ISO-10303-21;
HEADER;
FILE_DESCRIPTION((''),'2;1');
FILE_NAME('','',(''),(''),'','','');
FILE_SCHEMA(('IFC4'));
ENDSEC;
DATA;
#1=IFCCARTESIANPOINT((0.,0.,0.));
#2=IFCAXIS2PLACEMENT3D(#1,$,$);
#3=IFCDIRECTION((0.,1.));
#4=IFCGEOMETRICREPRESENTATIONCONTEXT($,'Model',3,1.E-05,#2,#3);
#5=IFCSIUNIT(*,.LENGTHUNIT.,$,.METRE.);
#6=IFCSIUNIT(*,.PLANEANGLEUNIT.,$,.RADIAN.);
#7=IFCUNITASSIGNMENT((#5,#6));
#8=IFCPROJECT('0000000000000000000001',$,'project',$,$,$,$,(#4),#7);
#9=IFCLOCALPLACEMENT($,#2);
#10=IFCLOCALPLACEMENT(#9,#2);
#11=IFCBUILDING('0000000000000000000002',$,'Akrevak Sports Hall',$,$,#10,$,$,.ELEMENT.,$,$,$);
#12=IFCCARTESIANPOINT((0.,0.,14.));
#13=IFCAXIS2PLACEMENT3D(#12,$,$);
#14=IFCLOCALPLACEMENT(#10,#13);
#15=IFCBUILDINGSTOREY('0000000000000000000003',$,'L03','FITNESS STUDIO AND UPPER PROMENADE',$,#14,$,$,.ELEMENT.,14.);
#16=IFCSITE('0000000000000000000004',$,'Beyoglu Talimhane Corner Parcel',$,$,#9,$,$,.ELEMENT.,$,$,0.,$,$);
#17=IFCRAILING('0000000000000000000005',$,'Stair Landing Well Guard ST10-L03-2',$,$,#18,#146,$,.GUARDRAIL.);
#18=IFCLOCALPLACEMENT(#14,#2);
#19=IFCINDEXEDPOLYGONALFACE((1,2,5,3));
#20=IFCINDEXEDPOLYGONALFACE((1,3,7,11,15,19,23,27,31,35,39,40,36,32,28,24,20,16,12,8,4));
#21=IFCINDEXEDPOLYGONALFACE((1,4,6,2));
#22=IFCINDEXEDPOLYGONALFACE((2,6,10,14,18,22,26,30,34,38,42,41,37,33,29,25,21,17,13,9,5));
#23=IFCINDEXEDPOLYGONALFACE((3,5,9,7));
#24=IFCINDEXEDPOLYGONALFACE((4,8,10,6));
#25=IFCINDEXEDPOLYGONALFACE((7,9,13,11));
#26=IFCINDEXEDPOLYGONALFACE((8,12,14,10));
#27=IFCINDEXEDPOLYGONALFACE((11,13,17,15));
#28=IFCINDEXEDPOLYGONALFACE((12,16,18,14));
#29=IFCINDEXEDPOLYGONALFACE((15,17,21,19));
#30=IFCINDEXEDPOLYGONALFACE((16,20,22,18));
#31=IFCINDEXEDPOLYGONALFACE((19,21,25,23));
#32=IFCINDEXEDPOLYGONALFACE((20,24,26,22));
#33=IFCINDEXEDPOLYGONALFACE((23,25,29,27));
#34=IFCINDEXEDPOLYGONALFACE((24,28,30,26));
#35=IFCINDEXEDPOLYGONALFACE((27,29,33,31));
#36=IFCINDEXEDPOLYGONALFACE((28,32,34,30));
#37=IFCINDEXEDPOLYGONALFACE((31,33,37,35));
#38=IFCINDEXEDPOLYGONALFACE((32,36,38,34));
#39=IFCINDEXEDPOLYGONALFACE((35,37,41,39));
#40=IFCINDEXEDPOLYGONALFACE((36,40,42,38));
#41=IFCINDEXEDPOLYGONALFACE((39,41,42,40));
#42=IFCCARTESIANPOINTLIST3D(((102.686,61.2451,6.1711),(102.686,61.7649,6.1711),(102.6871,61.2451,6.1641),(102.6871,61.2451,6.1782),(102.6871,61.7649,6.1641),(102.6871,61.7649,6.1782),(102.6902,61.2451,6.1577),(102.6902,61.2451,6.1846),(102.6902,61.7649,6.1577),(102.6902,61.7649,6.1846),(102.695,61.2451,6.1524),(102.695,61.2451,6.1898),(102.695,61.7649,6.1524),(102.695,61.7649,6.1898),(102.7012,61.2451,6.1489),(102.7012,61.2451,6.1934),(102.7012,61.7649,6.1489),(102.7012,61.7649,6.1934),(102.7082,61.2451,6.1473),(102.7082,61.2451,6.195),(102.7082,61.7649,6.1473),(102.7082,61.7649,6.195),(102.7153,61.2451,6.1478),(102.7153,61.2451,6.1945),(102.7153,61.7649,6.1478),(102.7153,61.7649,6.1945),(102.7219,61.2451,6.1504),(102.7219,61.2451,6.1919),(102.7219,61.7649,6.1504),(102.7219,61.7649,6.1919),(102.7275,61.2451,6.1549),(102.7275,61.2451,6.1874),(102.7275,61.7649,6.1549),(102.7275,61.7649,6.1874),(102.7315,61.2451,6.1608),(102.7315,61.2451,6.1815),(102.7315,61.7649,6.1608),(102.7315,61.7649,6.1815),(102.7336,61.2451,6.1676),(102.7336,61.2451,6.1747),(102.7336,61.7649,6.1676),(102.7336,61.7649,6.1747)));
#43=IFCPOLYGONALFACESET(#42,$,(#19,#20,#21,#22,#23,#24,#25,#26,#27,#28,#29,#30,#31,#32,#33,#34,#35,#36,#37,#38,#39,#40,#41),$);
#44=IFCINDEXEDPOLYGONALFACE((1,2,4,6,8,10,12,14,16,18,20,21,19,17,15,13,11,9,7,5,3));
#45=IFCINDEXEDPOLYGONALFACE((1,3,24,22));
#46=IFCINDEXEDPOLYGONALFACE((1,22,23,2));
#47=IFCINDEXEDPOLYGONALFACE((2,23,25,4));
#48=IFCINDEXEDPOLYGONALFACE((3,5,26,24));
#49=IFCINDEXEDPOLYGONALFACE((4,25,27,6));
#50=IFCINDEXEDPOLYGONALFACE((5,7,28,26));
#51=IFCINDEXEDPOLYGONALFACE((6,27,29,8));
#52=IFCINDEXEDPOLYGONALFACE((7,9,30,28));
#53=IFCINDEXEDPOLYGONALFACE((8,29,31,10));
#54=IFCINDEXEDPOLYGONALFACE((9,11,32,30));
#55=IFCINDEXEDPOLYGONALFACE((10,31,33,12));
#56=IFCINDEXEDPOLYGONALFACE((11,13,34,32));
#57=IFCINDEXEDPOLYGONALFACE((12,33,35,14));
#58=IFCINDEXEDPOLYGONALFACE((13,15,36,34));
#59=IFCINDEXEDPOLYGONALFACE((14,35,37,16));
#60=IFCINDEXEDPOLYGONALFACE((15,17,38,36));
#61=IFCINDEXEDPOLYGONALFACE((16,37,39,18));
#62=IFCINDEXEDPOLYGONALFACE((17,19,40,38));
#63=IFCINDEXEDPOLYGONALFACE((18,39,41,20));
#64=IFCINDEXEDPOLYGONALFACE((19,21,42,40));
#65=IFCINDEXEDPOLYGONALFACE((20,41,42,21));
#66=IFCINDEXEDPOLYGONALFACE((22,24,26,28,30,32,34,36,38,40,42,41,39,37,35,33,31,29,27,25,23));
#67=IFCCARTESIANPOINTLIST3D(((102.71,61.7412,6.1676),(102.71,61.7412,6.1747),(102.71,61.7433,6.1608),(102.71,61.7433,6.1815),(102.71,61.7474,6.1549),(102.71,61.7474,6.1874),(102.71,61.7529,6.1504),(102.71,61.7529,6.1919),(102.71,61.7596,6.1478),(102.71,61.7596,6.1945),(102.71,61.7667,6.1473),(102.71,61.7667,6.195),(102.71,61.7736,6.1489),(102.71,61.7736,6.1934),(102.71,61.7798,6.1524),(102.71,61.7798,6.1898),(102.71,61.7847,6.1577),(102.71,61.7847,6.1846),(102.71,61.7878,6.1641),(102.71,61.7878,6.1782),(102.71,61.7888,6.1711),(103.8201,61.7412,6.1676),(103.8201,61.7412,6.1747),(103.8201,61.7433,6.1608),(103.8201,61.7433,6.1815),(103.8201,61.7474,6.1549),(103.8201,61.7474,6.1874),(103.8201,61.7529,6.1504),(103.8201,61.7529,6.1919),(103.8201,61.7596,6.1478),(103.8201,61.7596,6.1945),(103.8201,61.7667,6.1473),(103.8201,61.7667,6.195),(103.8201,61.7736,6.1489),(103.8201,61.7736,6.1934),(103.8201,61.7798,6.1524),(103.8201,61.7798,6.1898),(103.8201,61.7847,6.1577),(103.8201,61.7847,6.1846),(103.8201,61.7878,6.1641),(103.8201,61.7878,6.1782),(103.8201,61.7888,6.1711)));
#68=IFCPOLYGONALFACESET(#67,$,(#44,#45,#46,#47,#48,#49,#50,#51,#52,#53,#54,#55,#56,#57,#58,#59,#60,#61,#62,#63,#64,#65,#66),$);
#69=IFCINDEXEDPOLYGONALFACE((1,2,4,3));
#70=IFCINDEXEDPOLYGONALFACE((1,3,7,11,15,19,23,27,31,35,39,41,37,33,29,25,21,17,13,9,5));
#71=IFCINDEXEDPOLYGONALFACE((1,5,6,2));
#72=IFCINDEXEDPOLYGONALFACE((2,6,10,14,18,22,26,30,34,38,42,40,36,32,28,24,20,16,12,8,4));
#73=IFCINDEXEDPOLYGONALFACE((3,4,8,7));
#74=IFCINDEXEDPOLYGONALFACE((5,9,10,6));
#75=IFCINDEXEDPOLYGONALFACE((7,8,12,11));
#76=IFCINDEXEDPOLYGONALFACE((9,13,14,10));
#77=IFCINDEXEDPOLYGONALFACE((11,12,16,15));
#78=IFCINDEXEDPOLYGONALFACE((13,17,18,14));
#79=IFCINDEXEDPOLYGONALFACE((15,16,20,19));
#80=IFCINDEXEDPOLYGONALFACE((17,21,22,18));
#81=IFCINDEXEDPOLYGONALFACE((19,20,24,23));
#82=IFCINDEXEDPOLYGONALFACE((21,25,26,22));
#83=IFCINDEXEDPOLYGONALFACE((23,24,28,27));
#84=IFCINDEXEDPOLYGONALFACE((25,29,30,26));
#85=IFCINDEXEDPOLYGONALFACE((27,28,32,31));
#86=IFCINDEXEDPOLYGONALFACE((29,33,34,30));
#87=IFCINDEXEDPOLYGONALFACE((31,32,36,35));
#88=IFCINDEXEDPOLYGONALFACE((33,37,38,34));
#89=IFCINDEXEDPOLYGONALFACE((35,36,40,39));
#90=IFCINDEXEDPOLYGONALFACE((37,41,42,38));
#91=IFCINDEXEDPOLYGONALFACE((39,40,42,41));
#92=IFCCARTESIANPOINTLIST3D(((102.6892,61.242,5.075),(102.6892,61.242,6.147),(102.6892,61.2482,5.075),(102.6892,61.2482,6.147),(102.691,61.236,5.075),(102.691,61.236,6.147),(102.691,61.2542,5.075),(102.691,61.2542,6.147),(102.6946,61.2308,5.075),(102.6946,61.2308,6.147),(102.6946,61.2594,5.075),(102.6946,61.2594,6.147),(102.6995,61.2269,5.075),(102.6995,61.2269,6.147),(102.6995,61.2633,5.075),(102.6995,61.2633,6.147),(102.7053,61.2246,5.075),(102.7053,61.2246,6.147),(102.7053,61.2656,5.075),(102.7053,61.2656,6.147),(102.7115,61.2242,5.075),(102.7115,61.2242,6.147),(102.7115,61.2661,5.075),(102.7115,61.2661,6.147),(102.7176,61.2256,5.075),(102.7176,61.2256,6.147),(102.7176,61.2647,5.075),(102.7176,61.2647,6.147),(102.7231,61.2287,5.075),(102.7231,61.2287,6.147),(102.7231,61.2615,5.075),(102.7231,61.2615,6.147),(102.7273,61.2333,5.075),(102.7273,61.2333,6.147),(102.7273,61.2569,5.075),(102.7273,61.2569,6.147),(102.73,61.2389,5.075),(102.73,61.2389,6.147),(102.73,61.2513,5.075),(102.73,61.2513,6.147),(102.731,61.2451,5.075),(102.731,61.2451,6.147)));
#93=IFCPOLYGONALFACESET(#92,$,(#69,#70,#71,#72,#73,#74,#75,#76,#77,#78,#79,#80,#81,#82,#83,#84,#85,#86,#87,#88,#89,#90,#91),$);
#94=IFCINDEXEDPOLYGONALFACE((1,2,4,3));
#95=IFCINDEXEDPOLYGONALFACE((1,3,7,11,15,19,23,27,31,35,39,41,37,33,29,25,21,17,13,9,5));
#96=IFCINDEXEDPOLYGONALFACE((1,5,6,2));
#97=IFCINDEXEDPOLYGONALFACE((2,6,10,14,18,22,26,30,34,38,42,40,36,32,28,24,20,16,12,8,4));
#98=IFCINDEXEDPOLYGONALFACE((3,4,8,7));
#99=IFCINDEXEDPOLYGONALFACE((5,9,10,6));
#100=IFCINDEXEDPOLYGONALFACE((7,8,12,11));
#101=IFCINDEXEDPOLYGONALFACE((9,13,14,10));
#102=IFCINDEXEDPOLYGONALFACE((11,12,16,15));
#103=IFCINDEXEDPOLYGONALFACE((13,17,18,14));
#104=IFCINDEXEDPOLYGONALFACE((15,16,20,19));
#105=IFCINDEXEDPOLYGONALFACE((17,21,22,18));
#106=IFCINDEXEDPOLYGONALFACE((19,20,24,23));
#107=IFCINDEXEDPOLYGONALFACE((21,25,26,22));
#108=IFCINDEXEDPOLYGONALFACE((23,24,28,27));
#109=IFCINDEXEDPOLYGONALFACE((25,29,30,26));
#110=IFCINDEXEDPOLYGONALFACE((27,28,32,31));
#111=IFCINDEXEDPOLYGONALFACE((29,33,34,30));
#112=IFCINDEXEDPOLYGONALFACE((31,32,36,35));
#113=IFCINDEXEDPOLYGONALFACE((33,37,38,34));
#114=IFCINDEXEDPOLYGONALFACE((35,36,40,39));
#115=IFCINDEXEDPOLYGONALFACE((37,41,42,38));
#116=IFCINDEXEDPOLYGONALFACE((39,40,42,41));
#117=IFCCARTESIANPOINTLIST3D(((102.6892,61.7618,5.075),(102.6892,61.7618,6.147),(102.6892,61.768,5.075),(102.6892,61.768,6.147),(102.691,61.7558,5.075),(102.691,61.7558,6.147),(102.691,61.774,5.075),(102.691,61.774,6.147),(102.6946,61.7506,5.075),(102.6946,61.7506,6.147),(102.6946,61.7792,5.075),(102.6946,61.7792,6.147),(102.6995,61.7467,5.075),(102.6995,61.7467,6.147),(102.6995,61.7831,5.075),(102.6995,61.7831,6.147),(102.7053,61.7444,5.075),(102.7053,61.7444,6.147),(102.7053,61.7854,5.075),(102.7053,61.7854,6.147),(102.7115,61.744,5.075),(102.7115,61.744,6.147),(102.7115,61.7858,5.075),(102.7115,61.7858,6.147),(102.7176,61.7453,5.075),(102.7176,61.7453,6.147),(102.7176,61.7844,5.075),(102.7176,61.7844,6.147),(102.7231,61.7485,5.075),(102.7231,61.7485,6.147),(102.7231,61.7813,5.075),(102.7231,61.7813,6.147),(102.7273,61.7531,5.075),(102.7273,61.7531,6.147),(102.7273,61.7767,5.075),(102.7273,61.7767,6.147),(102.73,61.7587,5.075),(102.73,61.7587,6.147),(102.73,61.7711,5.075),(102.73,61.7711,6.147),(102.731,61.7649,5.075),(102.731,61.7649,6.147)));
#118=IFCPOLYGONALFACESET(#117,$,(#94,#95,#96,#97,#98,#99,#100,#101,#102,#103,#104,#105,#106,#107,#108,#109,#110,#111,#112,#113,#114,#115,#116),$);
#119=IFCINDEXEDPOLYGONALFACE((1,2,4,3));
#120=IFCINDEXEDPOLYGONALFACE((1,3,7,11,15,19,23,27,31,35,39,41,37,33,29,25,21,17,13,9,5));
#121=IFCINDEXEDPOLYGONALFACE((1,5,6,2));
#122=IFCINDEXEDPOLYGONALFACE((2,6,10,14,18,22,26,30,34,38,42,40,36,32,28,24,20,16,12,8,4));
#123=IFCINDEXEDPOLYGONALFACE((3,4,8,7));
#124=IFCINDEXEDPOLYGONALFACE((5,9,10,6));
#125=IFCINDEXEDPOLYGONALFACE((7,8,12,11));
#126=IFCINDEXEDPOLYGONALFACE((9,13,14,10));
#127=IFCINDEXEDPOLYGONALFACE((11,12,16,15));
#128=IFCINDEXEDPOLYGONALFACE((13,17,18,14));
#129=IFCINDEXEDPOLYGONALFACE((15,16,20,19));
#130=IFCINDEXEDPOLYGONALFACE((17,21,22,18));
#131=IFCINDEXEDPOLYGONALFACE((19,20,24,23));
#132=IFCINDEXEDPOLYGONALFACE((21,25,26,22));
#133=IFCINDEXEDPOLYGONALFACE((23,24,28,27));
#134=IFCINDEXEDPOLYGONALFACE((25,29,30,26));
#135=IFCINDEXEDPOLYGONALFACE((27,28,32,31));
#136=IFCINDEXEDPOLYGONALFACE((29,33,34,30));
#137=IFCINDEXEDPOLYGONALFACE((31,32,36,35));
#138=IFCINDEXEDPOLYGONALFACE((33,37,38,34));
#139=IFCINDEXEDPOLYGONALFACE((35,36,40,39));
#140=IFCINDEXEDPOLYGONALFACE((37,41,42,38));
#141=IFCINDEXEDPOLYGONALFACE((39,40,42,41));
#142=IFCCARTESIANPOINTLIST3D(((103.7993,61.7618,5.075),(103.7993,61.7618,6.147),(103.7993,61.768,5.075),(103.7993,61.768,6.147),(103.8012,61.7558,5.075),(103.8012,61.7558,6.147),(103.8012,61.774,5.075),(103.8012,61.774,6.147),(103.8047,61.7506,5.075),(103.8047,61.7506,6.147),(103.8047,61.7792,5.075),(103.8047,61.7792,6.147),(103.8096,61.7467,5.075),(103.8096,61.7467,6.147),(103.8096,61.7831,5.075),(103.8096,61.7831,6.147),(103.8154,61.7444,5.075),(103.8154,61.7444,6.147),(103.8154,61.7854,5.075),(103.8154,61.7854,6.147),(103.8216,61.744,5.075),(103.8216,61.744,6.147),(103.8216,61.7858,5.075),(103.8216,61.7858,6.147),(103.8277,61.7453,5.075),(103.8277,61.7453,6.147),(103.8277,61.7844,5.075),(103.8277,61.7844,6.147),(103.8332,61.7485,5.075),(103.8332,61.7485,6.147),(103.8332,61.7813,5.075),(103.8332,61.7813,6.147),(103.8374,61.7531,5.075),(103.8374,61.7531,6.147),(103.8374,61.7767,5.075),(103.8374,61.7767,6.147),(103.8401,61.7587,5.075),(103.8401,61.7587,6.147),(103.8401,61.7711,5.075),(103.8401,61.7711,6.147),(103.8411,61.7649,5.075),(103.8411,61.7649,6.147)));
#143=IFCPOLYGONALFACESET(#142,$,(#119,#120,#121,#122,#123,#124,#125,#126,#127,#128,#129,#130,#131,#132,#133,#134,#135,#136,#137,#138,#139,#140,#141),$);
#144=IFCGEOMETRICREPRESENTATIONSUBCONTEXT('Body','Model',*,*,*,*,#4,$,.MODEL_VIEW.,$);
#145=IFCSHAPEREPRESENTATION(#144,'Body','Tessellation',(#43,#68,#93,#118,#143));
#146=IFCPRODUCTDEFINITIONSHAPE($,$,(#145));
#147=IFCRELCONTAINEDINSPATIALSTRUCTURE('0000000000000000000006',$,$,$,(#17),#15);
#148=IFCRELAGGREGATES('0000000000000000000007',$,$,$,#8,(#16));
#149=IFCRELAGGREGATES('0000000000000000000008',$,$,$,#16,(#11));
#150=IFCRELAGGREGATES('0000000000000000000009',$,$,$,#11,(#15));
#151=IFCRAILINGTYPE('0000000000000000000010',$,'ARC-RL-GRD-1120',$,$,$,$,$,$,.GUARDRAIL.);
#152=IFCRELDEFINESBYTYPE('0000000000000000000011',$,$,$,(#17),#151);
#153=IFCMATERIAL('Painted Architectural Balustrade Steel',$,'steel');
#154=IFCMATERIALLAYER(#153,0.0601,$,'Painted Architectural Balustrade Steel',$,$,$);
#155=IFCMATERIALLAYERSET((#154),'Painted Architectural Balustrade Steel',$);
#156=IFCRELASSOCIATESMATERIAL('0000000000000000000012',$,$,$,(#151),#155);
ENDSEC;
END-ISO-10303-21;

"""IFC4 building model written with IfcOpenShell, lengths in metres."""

from ifc_helpers import new_model, si_unit, direction, frame, origin, origin_2d, place, context, subcontext, project, spatial, circle, extrude, material, layer, layer_set, type_object, element, save


model = new_model("IFC4")

# Units and contexts
model_context = context("Model", 3, precision=1e-05, world=origin(), true_north=direction((0.0, 1.0)))
body_context = subcontext(model_context, "Body", "Model", "MODEL_VIEW")
ifc_project = project(units=[si_unit("LENGTHUNIT", "METRE"), si_unit("PLANEANGLEUNIT", "RADIAN")], contexts=[model_context])

# Site, building, storey
site_placement = place(None, origin())
site = spatial("IfcSite", under=ifc_project, at=site_placement, Name="Beyoglu Talimhane Corner Parcel", CompositionType="ELEMENT", RefElevation=0.0)
building_placement = place(site_placement, origin())
building = spatial("IfcBuilding", under=site, at=building_placement, Name="Akrevak Sports Hall", CompositionType="ELEMENT")
storey_placement = place(building_placement, frame((0.0, 0.0, 14.0)))
storey = spatial("IfcBuildingStorey", under=building, at=storey_placement, Name="L03", Description="FITNESS STUDIO AND UPPER PROMENADE", CompositionType="ELEMENT", Elevation=14.0)

# Railing
ifc_material_1 = material(Name="Painted Architectural Balustrade Steel", Category="steel")
ifc_layer_1 = layer(ifc_material_1, 0.0601, Name="Painted Architectural Balustrade Steel")
ifc_layer_set_1 = layer_set([ifc_layer_1], Name="Painted Architectural Balustrade Steel")
railing_type_1 = type_object("IfcRailingType", Name="ARC-RL-GRD-1120", PredefinedType="GUARDRAIL", material=ifc_layer_set_1)
railing_1_placement = place(storey_placement, frame((102.71, 61.2451, 5.075)))
element("IfcRailing", 1, at=railing_1_placement, inside=storey, type_object=railing_type_1, Name="Stair Landing Well Guard ST10-L03-2", PredefinedType="GUARDRAIL", context=body_context, shape_type="SweptSolid", body=[
    extrude(circle(Radius=0.0239, at=origin_2d()), frame((0.0, 0.0, 1.0962), z_axis=(0.0, 1.0, 0.0), x_axis=(-1.0, 0.0, 0.0)), (0.0, 0.0, 1.0), 0.5198),
    extrude(circle(Radius=0.0239, at=origin_2d()), frame((0.0, 0.5198, 1.0962), z_axis=(1.0, 0.0, 0.0), x_axis=(0.0, 1.0, 0.0)), (0.0, 0.0, 1.0), 1.1101),
    extrude(circle(Radius=0.021, at=origin_2d()), origin(), (0.0, 0.0, 1.0), 1.072),
    extrude(circle(Radius=0.021, at=origin_2d()), frame((0.0, 0.5198, 0.0)), (0.0, 0.0, 1.0), 1.072),
    extrude(circle(Radius=0.021, at=origin_2d()), frame((1.1101, 0.5198, 0.0)), (0.0, 0.0, 1.0), 1.072),
])

save(model, "model.ifc")
